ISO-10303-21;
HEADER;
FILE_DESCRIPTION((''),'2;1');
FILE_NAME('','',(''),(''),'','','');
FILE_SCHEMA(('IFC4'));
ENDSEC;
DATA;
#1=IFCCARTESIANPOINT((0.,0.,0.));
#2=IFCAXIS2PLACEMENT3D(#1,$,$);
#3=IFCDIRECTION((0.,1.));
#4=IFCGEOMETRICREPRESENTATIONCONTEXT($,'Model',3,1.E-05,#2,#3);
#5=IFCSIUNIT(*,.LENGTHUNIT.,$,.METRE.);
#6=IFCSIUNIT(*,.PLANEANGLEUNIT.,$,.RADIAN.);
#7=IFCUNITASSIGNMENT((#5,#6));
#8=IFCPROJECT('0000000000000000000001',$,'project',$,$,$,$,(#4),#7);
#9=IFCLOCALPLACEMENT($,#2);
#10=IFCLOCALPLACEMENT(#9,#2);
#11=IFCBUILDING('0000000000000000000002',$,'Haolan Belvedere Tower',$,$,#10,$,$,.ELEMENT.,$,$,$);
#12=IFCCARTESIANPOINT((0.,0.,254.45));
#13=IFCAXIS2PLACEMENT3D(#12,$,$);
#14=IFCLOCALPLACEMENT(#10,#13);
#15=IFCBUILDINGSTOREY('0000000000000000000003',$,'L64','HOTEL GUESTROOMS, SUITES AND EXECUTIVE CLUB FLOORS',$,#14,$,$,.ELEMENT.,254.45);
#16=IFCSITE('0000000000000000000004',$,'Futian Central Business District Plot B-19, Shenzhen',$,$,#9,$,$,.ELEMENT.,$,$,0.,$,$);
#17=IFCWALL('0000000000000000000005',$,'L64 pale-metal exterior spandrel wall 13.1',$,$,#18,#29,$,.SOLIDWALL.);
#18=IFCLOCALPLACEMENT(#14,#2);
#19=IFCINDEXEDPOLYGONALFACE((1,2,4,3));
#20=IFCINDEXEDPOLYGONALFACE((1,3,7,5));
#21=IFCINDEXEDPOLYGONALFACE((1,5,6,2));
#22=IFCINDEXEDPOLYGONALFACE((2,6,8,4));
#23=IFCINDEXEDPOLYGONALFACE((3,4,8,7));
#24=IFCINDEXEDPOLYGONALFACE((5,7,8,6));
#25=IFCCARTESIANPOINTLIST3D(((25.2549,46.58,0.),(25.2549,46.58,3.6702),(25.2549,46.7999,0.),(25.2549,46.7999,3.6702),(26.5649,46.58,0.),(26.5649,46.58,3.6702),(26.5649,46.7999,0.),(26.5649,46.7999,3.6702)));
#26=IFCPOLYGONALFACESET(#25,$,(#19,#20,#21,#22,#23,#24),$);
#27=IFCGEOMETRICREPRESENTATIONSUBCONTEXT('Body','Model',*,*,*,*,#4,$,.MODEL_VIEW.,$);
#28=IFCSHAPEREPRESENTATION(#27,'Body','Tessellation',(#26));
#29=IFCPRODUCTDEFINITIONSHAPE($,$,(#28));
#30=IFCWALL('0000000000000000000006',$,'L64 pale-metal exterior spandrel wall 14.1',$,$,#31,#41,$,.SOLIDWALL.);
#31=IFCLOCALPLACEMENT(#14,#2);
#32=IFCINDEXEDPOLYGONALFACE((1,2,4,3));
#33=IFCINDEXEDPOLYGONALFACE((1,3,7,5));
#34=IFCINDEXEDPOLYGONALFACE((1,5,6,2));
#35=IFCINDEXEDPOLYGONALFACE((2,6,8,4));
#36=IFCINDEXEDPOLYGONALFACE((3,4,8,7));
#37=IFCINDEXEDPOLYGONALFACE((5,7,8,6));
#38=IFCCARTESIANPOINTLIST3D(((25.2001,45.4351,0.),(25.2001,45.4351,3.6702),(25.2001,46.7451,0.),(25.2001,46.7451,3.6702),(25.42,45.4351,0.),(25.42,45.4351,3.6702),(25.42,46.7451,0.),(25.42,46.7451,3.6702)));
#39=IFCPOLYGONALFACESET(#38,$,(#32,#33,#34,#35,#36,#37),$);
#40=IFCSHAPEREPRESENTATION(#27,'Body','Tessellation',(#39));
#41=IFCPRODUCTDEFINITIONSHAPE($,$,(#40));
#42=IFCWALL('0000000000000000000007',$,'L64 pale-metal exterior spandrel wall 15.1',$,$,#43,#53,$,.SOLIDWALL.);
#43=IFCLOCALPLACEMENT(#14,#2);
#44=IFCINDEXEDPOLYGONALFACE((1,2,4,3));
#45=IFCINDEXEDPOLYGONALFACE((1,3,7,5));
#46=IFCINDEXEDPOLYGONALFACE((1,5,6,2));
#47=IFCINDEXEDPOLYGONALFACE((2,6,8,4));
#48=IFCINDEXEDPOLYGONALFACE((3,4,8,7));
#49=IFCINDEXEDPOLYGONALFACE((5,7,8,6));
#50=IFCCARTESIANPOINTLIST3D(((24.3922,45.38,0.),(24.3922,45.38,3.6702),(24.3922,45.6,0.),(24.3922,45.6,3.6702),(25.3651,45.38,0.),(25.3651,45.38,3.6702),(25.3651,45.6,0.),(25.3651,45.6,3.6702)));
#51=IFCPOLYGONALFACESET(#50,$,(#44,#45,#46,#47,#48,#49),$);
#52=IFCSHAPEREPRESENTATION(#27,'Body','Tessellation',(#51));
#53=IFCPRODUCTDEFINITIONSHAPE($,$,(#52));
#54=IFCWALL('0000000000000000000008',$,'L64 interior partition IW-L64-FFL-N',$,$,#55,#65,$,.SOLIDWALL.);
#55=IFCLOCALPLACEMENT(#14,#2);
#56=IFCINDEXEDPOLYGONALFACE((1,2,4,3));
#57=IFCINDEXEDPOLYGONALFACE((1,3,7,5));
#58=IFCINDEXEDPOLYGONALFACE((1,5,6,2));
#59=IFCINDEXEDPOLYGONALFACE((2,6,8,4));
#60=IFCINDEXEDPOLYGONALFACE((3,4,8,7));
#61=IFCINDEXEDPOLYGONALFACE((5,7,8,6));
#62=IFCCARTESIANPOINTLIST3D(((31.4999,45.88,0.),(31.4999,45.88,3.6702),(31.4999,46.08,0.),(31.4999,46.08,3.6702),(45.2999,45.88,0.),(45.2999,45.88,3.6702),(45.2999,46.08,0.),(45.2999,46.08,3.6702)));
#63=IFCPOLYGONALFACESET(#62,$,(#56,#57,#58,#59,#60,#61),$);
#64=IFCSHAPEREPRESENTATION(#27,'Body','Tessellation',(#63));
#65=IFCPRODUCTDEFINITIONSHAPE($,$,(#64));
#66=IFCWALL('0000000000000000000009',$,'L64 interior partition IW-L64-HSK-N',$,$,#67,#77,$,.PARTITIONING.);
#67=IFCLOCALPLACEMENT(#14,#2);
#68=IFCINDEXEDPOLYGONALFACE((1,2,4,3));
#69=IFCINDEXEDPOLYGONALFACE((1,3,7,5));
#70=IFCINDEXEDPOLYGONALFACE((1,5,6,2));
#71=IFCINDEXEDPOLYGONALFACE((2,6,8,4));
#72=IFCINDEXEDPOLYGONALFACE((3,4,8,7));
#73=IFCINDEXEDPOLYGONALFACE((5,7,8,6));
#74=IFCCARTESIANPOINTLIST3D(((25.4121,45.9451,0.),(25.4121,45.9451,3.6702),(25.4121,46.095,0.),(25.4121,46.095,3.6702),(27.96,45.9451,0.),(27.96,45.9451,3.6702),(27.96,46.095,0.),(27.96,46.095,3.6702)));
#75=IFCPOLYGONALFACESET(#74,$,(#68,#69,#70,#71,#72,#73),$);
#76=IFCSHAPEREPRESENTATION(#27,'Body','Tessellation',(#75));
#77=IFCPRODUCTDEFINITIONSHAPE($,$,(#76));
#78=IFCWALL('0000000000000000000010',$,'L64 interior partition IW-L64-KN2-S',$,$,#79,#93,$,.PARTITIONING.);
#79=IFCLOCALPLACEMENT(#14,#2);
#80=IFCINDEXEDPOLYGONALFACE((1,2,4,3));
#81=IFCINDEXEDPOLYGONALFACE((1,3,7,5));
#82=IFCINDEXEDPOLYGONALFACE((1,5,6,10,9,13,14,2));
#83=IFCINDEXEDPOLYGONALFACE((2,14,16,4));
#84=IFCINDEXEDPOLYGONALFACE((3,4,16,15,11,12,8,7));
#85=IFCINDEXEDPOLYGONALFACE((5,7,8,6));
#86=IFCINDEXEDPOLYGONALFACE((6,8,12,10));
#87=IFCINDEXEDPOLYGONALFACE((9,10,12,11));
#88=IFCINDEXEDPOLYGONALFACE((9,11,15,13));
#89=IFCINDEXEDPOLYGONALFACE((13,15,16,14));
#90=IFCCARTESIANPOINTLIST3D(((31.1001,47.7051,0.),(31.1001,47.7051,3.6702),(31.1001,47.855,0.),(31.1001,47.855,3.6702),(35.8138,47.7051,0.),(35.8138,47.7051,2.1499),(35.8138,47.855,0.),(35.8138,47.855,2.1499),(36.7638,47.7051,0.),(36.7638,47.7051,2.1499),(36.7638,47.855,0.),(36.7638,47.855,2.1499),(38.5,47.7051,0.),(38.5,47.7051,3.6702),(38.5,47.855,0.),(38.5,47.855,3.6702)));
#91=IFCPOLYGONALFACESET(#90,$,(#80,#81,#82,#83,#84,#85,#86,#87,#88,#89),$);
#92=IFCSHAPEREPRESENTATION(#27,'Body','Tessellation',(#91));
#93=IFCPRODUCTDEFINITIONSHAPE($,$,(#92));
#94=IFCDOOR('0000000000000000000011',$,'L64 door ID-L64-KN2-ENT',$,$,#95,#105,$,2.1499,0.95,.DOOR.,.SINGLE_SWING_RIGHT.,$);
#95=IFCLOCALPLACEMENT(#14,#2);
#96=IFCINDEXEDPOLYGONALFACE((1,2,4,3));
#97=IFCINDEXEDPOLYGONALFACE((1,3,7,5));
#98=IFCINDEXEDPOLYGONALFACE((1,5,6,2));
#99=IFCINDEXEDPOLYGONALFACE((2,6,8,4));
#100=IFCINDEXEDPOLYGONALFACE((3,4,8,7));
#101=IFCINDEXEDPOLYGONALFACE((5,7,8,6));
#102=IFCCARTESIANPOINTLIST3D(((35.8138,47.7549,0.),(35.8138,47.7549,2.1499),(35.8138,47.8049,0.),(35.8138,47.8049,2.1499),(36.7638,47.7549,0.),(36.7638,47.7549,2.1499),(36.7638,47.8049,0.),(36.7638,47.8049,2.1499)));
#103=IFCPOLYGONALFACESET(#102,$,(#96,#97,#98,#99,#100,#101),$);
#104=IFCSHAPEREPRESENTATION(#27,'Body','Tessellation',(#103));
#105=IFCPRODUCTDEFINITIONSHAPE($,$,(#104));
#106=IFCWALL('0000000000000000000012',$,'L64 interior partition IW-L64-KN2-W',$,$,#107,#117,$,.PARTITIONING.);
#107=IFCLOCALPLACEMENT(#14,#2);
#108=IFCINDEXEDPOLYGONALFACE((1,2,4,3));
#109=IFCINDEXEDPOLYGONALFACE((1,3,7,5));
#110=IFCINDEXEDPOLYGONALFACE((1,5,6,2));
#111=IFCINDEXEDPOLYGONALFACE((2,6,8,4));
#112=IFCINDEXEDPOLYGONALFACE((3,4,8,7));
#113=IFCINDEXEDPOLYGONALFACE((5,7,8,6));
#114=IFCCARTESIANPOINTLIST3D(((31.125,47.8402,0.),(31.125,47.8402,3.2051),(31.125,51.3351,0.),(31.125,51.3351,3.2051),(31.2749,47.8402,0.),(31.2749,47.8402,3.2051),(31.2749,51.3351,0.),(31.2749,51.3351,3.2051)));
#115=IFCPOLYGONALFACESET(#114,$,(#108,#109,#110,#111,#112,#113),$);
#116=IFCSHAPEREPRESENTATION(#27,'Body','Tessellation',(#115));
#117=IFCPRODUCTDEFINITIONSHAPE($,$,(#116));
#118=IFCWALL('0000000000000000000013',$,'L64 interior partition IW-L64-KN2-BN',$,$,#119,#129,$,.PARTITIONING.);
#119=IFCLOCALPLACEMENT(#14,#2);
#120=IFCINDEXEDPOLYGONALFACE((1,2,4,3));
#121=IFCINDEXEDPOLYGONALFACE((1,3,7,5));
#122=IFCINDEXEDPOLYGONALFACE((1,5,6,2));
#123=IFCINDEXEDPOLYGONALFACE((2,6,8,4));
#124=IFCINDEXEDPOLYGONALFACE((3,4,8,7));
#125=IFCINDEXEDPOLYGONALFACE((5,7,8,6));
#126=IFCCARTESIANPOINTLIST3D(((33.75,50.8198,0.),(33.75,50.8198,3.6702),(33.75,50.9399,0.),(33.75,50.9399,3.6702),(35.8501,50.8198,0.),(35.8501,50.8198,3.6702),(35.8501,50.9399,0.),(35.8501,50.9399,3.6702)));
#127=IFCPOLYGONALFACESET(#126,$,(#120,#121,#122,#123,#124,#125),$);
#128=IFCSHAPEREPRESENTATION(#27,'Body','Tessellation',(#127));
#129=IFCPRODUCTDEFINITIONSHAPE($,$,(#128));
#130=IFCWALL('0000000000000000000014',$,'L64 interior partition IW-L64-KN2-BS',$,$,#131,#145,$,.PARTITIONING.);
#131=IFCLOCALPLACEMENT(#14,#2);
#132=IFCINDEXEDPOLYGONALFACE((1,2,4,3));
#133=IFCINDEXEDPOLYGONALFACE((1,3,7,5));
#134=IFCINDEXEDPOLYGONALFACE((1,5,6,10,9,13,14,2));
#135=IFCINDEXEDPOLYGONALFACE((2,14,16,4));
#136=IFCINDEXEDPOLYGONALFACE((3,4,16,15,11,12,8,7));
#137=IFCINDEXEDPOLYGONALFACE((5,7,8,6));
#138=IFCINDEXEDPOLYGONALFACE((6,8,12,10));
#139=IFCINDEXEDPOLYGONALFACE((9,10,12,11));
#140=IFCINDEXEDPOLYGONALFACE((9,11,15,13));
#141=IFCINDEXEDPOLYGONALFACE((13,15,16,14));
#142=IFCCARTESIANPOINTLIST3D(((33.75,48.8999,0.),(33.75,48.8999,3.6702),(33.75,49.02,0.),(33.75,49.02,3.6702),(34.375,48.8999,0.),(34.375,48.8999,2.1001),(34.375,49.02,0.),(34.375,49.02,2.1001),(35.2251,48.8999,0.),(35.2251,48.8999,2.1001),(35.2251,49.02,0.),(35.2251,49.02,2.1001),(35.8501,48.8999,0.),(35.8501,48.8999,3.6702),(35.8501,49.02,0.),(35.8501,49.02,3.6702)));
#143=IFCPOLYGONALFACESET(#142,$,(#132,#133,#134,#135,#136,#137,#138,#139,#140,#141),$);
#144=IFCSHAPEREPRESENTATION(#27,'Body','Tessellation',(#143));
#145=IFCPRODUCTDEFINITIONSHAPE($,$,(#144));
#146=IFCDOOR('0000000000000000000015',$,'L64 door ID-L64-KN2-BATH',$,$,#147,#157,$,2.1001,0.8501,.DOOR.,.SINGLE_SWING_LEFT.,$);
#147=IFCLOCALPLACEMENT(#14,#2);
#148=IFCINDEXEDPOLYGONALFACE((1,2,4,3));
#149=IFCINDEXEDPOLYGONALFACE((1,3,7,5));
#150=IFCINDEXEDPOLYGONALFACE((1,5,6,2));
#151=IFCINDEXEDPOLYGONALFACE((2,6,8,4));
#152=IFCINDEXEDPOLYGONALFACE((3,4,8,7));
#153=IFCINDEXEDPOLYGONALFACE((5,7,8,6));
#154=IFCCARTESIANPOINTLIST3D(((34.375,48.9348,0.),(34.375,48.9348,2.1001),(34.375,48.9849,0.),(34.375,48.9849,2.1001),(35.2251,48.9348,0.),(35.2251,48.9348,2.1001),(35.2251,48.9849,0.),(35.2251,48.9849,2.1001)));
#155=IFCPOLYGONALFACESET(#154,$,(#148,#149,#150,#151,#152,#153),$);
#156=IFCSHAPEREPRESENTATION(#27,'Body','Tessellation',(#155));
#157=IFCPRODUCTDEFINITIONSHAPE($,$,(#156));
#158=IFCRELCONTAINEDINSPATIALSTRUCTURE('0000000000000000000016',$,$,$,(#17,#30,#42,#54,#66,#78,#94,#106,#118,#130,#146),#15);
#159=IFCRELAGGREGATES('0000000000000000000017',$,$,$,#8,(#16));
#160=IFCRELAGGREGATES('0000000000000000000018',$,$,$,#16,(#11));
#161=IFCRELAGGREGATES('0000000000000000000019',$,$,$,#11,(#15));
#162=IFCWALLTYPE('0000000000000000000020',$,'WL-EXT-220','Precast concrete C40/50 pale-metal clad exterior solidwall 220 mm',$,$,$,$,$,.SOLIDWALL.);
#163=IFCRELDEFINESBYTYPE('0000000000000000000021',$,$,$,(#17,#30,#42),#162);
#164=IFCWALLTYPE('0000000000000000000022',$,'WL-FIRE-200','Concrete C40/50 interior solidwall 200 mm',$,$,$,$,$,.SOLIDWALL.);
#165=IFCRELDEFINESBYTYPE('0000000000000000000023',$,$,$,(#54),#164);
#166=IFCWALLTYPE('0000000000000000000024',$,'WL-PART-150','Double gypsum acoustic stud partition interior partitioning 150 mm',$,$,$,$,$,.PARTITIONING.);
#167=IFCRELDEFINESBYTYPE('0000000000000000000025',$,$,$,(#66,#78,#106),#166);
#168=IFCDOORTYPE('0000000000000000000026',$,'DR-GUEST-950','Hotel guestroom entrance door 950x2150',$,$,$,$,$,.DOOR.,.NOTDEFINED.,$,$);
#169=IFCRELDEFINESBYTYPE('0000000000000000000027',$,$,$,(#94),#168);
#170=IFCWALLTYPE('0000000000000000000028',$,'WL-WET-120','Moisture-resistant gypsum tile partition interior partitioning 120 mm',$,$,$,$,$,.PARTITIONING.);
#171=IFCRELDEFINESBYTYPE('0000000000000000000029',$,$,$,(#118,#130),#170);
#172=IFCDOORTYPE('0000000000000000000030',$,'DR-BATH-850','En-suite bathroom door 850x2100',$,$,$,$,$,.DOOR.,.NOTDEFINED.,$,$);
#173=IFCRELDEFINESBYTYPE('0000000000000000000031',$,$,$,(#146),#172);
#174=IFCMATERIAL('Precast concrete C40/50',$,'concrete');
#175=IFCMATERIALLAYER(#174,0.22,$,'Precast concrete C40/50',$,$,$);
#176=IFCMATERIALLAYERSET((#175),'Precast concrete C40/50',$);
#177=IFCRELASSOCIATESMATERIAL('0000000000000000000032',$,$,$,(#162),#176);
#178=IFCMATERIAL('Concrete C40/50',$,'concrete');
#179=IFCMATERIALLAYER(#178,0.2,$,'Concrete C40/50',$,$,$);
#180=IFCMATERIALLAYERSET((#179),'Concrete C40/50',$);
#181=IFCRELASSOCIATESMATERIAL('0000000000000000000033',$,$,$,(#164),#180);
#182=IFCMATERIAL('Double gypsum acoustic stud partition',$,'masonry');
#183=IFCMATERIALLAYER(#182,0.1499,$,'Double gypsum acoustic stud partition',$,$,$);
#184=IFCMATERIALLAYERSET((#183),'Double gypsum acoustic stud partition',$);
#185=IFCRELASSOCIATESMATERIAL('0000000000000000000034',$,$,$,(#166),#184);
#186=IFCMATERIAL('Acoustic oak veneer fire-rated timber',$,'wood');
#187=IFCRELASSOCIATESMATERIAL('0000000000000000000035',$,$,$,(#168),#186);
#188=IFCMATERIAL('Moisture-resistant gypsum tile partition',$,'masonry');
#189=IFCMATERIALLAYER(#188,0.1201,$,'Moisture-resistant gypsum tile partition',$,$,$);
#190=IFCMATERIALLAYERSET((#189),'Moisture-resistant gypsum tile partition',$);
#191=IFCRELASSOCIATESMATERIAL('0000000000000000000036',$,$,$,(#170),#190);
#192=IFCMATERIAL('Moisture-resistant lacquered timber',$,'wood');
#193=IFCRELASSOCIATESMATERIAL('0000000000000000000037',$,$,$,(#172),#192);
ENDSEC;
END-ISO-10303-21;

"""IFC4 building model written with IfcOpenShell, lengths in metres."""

from ifc_helpers import new_model, si_unit, direction, frame, frame_2d, origin, place, context, subcontext, project, spatial, rectangle, extrude, material, layer, layer_set, type_object, element, fill, save


model = new_model("IFC4")

# Units and contexts
model_context = context("Model", 3, precision=1e-05, world=origin(), true_north=direction((0.0, 1.0)))
body_context = subcontext(model_context, "Body", "Model", "MODEL_VIEW")
ifc_project = project(units=[si_unit("LENGTHUNIT", "METRE"), si_unit("PLANEANGLEUNIT", "RADIAN")], contexts=[model_context])

# Site, building, storey
site_placement = place(None, origin())
site = spatial("IfcSite", under=ifc_project, at=site_placement, Name="Futian Central Business District Plot B-19, Shenzhen", CompositionType="ELEMENT", RefElevation=0.0)
building_placement = place(site_placement, origin())
building = spatial("IfcBuilding", under=site, at=building_placement, Name="Haolan Belvedere Tower", CompositionType="ELEMENT")
storey_placement = place(building_placement, frame((0.0, 0.0, 254.45)))
storey = spatial("IfcBuildingStorey", under=building, at=storey_placement, Name="L64", Description="HOTEL GUESTROOMS, SUITES AND EXECUTIVE CLUB FLOORS", CompositionType="ELEMENT", Elevation=254.45)

# Shared definitions
ifc_material_1 = material(Name="Precast concrete C40/50", Category="concrete")
ifc_layer_1 = layer(ifc_material_1, 0.22, Name="Precast concrete C40/50")
ifc_layer_set_1 = layer_set([ifc_layer_1], Name="Precast concrete C40/50")
wall_type_1 = type_object("IfcWallType", Name="WL-EXT-220", Description="Precast concrete C40/50 pale-metal clad exterior solidwall 220 mm", PredefinedType="SOLIDWALL", material=ifc_layer_set_1)

# Walls
for number, where, z_axis, x_axis, name in (
    (1, (26.5649, 46.6899, 0.0), (0.0, 0.0, 1.0), (-1.0, 0.0, 0.0), "L64 pale-metal exterior spandrel wall 13.1"),
    (2, (25.3101, 46.7451, 0.0), (0.0, 0.0, 1.0), (0.0, -1.0, 0.0), "L64 pale-metal exterior spandrel wall 14.1"),
):
    element("IfcWall", number, at=place(storey_placement, frame(where, z_axis=z_axis, x_axis=x_axis)), inside=storey, type_object=wall_type_1, Name=name, PredefinedType="SOLIDWALL", context=body_context, shape_type="SweptSolid", body=[
        extrude(rectangle(XDim=1.3101, YDim=0.22, at=frame_2d((0.655, 0.0))), origin(), (0.0, 0.0, 1.0), 3.6702),
    ])
wall_1_placement = place(storey_placement, frame((25.365, 45.49, 0.0), z_axis=(0.0, 0.0, 1.0), x_axis=(-1.0, 0.0, 0.0)))
element("IfcWall", 3, at=wall_1_placement, inside=storey, type_object=wall_type_1, Name="L64 pale-metal exterior spandrel wall 15.1", PredefinedType="SOLIDWALL", context=body_context, shape_type="SweptSolid", body=[
    extrude(rectangle(XDim=0.9729, YDim=0.22, at=frame_2d((0.4863, 0.0))), origin(), (0.0, 0.0, 1.0), 3.6702),
])
ifc_material_2 = material(Name="Concrete C40/50", Category="concrete")
ifc_layer_2 = layer(ifc_material_2, 0.2, Name="Concrete C40/50")
ifc_layer_set_2 = layer_set([ifc_layer_2], Name="Concrete C40/50")
wall_type_2 = type_object("IfcWallType", Name="WL-FIRE-200", Description="Concrete C40/50 interior solidwall 200 mm", PredefinedType="SOLIDWALL", material=ifc_layer_set_2)
wall_2_placement = place(storey_placement, frame((31.5, 45.98, 0.0), z_axis=(0.0, 0.0, 1.0), x_axis=(1.0, 0.0, 0.0)))
element("IfcWall", 4, at=wall_2_placement, inside=storey, type_object=wall_type_2, Name="L64 interior partition IW-L64-FFL-N", PredefinedType="SOLIDWALL", context=body_context, shape_type="SweptSolid", body=[
    extrude(rectangle(XDim=13.8, YDim=0.2, at=frame_2d((6.8999, 0.0))), origin(), (0.0, 0.0, 1.0), 3.6702),
])

# Wall
ifc_material_3 = material(Name="Double gypsum acoustic stud partition", Category="masonry")
ifc_layer_3 = layer(ifc_material_3, 0.1499, Name="Double gypsum acoustic stud partition")
ifc_layer_set_3 = layer_set([ifc_layer_3], Name="Double gypsum acoustic stud partition")
wall_type_3 = type_object("IfcWallType", Name="WL-PART-150", Description="Double gypsum acoustic stud partition interior partitioning 150 mm", PredefinedType="PARTITIONING", material=ifc_layer_set_3)
wall_3_placement = place(storey_placement, frame((25.4121, 46.02, 0.0), z_axis=(0.0, 0.0, 1.0), x_axis=(1.0, 0.0, 0.0)))
element("IfcWall", 5, at=wall_3_placement, inside=storey, type_object=wall_type_3, Name="L64 interior partition IW-L64-HSK-N", PredefinedType="PARTITIONING", context=body_context, shape_type="SweptSolid", body=[
    extrude(rectangle(XDim=2.5479, YDim=0.1499, at=frame_2d((1.2739, 0.0))), origin(), (0.0, 0.0, 1.0), 3.6702),
])

# Wall, opening, door
wall_4_placement = place(storey_placement, frame((31.1001, 47.78, 0.0), z_axis=(0.0, 0.0, 1.0), x_axis=(1.0, 0.0, 0.0)))
wall_4 = element("IfcWall", 6, at=wall_4_placement, inside=storey, type_object=wall_type_3, Name="L64 interior partition IW-L64-KN2-S", PredefinedType="PARTITIONING", context=body_context, shape_type="SweptSolid", body=[
    extrude(rectangle(XDim=7.3999, YDim=0.1499, at=frame_2d((3.7, 0.0))), origin(), (0.0, 0.0, 1.0), 3.6702),
])
opening_1_placement = place(wall_4_placement, frame((4.7136, 0.0, 0.0)))
opening_1 = element("IfcOpeningElement", 7, at=opening_1_placement, cuts=wall_4, PredefinedType="OPENING", context=body_context, shape_type="SweptSolid", body=[
    extrude(rectangle(XDim=0.95, YDim=2.1499, at=frame_2d((0.4751, 1.075))), frame((0.0, 0.085, 0.0), z_axis=(0.0, -1.0, 0.0), x_axis=(1.0, 0.0, 0.0)), (0.0, 0.0, 1.0), 0.1699),
])
ifc_material_4 = material(Name="Acoustic oak veneer fire-rated timber", Category="wood")
door_type_1 = type_object("IfcDoorType", Name="DR-GUEST-950", Description="Hotel guestroom entrance door 950x2150", OperationType="NOTDEFINED", PredefinedType="DOOR", material=ifc_material_4)
door_1_placement = place(opening_1_placement, origin())
door_1 = element("IfcDoor", 8, at=door_1_placement, inside=storey, type_object=door_type_1, Name="L64 door ID-L64-KN2-ENT", OperationType="SINGLE_SWING_RIGHT", OverallHeight=2.1499, OverallWidth=0.95, PredefinedType="DOOR", context=body_context, shape_type="SweptSolid", body=[
    extrude(rectangle(XDim=0.95, YDim=2.1499, at=frame_2d((0.4751, 1.075))), frame((0.0, 0.0249, 0.0), z_axis=(0.0, -1.0, 0.0), x_axis=(1.0, 0.0, 0.0)), (0.0, 0.0, 1.0), 0.05),
])
fill(opening_1, door_1)

# Walls
wall_5_placement = place(storey_placement, frame((31.2, 47.8401, 0.0), z_axis=(0.0, 0.0, 1.0), x_axis=(0.0, 1.0, 0.0)))
element("IfcWall", 9, at=wall_5_placement, inside=storey, type_object=wall_type_3, Name="L64 interior partition IW-L64-KN2-W", PredefinedType="PARTITIONING", context=body_context, shape_type="SweptSolid", body=[
    extrude(rectangle(XDim=3.4949, YDim=0.1499, at=frame_2d((1.7476, 0.0))), origin(), (0.0, 0.0, 1.0), 3.2051),
])
ifc_material_5 = material(Name="Moisture-resistant gypsum tile partition", Category="masonry")
ifc_layer_4 = layer(ifc_material_5, 0.1201, Name="Moisture-resistant gypsum tile partition")
ifc_layer_set_4 = layer_set([ifc_layer_4], Name="Moisture-resistant gypsum tile partition")
wall_type_4 = type_object("IfcWallType", Name="WL-WET-120", Description="Moisture-resistant gypsum tile partition interior partitioning 120 mm", PredefinedType="PARTITIONING", material=ifc_layer_set_4)
wall_6_placement = place(storey_placement, frame((33.75, 50.8799, 0.0), z_axis=(0.0, 0.0, 1.0), x_axis=(1.0, 0.0, 0.0)))
element("IfcWall", 10, at=wall_6_placement, inside=storey, type_object=wall_type_4, Name="L64 interior partition IW-L64-KN2-BN", PredefinedType="PARTITIONING", context=body_context, shape_type="SweptSolid", body=[
    extrude(rectangle(XDim=2.1001, YDim=0.1201, at=frame_2d((1.05, 0.0))), origin(), (0.0, 0.0, 1.0), 3.6702),
])

# Wall, opening, door
wall_7_placement = place(storey_placement, frame((33.75, 48.96, 0.0), z_axis=(0.0, 0.0, 1.0), x_axis=(1.0, 0.0, 0.0)))
wall_7 = element("IfcWall", 11, at=wall_7_placement, inside=storey, type_object=wall_type_4, Name="L64 interior partition IW-L64-KN2-BS", PredefinedType="PARTITIONING", context=body_context, shape_type="SweptSolid", body=[
    extrude(rectangle(XDim=2.1001, YDim=0.1201, at=frame_2d((1.05, 0.0))), origin(), (0.0, 0.0, 1.0), 3.6702),
])
opening_2_placement = place(wall_7_placement, frame((0.625, 0.0, 0.0)))
opening_2 = element("IfcOpeningElement", 12, at=opening_2_placement, cuts=wall_7, PredefinedType="OPENING", context=body_context, shape_type="SweptSolid", body=[
    extrude(rectangle(XDim=0.8501, YDim=2.1001, at=frame_2d((0.425, 1.05))), frame((0.0, 0.0701, 0.0), z_axis=(0.0, -1.0, 0.0), x_axis=(1.0, 0.0, 0.0)), (0.0, 0.0, 1.0), 0.1401),
])
ifc_material_6 = material(Name="Moisture-resistant lacquered timber", Category="wood")
door_type_2 = type_object("IfcDoorType", Name="DR-BATH-850", Description="En-suite bathroom door 850x2100", OperationType="NOTDEFINED", PredefinedType="DOOR", material=ifc_material_6)
door_2_placement = place(opening_2_placement, origin())
door_2 = element("IfcDoor", 13, at=door_2_placement, inside=storey, type_object=door_type_2, Name="L64 door ID-L64-KN2-BATH", OperationType="SINGLE_SWING_LEFT", OverallHeight=2.1001, OverallWidth=0.8501, PredefinedType="DOOR", context=body_context, shape_type="SweptSolid", body=[
    extrude(rectangle(XDim=0.8501, YDim=2.1001, at=frame_2d((0.425, 1.05))), frame((0.0, 0.0249, 0.0), z_axis=(0.0, -1.0, 0.0), x_axis=(1.0, 0.0, 0.0)), (0.0, 0.0, 1.0), 0.05),
])
fill(opening_2, door_2)

save(model, "model.ifc")
